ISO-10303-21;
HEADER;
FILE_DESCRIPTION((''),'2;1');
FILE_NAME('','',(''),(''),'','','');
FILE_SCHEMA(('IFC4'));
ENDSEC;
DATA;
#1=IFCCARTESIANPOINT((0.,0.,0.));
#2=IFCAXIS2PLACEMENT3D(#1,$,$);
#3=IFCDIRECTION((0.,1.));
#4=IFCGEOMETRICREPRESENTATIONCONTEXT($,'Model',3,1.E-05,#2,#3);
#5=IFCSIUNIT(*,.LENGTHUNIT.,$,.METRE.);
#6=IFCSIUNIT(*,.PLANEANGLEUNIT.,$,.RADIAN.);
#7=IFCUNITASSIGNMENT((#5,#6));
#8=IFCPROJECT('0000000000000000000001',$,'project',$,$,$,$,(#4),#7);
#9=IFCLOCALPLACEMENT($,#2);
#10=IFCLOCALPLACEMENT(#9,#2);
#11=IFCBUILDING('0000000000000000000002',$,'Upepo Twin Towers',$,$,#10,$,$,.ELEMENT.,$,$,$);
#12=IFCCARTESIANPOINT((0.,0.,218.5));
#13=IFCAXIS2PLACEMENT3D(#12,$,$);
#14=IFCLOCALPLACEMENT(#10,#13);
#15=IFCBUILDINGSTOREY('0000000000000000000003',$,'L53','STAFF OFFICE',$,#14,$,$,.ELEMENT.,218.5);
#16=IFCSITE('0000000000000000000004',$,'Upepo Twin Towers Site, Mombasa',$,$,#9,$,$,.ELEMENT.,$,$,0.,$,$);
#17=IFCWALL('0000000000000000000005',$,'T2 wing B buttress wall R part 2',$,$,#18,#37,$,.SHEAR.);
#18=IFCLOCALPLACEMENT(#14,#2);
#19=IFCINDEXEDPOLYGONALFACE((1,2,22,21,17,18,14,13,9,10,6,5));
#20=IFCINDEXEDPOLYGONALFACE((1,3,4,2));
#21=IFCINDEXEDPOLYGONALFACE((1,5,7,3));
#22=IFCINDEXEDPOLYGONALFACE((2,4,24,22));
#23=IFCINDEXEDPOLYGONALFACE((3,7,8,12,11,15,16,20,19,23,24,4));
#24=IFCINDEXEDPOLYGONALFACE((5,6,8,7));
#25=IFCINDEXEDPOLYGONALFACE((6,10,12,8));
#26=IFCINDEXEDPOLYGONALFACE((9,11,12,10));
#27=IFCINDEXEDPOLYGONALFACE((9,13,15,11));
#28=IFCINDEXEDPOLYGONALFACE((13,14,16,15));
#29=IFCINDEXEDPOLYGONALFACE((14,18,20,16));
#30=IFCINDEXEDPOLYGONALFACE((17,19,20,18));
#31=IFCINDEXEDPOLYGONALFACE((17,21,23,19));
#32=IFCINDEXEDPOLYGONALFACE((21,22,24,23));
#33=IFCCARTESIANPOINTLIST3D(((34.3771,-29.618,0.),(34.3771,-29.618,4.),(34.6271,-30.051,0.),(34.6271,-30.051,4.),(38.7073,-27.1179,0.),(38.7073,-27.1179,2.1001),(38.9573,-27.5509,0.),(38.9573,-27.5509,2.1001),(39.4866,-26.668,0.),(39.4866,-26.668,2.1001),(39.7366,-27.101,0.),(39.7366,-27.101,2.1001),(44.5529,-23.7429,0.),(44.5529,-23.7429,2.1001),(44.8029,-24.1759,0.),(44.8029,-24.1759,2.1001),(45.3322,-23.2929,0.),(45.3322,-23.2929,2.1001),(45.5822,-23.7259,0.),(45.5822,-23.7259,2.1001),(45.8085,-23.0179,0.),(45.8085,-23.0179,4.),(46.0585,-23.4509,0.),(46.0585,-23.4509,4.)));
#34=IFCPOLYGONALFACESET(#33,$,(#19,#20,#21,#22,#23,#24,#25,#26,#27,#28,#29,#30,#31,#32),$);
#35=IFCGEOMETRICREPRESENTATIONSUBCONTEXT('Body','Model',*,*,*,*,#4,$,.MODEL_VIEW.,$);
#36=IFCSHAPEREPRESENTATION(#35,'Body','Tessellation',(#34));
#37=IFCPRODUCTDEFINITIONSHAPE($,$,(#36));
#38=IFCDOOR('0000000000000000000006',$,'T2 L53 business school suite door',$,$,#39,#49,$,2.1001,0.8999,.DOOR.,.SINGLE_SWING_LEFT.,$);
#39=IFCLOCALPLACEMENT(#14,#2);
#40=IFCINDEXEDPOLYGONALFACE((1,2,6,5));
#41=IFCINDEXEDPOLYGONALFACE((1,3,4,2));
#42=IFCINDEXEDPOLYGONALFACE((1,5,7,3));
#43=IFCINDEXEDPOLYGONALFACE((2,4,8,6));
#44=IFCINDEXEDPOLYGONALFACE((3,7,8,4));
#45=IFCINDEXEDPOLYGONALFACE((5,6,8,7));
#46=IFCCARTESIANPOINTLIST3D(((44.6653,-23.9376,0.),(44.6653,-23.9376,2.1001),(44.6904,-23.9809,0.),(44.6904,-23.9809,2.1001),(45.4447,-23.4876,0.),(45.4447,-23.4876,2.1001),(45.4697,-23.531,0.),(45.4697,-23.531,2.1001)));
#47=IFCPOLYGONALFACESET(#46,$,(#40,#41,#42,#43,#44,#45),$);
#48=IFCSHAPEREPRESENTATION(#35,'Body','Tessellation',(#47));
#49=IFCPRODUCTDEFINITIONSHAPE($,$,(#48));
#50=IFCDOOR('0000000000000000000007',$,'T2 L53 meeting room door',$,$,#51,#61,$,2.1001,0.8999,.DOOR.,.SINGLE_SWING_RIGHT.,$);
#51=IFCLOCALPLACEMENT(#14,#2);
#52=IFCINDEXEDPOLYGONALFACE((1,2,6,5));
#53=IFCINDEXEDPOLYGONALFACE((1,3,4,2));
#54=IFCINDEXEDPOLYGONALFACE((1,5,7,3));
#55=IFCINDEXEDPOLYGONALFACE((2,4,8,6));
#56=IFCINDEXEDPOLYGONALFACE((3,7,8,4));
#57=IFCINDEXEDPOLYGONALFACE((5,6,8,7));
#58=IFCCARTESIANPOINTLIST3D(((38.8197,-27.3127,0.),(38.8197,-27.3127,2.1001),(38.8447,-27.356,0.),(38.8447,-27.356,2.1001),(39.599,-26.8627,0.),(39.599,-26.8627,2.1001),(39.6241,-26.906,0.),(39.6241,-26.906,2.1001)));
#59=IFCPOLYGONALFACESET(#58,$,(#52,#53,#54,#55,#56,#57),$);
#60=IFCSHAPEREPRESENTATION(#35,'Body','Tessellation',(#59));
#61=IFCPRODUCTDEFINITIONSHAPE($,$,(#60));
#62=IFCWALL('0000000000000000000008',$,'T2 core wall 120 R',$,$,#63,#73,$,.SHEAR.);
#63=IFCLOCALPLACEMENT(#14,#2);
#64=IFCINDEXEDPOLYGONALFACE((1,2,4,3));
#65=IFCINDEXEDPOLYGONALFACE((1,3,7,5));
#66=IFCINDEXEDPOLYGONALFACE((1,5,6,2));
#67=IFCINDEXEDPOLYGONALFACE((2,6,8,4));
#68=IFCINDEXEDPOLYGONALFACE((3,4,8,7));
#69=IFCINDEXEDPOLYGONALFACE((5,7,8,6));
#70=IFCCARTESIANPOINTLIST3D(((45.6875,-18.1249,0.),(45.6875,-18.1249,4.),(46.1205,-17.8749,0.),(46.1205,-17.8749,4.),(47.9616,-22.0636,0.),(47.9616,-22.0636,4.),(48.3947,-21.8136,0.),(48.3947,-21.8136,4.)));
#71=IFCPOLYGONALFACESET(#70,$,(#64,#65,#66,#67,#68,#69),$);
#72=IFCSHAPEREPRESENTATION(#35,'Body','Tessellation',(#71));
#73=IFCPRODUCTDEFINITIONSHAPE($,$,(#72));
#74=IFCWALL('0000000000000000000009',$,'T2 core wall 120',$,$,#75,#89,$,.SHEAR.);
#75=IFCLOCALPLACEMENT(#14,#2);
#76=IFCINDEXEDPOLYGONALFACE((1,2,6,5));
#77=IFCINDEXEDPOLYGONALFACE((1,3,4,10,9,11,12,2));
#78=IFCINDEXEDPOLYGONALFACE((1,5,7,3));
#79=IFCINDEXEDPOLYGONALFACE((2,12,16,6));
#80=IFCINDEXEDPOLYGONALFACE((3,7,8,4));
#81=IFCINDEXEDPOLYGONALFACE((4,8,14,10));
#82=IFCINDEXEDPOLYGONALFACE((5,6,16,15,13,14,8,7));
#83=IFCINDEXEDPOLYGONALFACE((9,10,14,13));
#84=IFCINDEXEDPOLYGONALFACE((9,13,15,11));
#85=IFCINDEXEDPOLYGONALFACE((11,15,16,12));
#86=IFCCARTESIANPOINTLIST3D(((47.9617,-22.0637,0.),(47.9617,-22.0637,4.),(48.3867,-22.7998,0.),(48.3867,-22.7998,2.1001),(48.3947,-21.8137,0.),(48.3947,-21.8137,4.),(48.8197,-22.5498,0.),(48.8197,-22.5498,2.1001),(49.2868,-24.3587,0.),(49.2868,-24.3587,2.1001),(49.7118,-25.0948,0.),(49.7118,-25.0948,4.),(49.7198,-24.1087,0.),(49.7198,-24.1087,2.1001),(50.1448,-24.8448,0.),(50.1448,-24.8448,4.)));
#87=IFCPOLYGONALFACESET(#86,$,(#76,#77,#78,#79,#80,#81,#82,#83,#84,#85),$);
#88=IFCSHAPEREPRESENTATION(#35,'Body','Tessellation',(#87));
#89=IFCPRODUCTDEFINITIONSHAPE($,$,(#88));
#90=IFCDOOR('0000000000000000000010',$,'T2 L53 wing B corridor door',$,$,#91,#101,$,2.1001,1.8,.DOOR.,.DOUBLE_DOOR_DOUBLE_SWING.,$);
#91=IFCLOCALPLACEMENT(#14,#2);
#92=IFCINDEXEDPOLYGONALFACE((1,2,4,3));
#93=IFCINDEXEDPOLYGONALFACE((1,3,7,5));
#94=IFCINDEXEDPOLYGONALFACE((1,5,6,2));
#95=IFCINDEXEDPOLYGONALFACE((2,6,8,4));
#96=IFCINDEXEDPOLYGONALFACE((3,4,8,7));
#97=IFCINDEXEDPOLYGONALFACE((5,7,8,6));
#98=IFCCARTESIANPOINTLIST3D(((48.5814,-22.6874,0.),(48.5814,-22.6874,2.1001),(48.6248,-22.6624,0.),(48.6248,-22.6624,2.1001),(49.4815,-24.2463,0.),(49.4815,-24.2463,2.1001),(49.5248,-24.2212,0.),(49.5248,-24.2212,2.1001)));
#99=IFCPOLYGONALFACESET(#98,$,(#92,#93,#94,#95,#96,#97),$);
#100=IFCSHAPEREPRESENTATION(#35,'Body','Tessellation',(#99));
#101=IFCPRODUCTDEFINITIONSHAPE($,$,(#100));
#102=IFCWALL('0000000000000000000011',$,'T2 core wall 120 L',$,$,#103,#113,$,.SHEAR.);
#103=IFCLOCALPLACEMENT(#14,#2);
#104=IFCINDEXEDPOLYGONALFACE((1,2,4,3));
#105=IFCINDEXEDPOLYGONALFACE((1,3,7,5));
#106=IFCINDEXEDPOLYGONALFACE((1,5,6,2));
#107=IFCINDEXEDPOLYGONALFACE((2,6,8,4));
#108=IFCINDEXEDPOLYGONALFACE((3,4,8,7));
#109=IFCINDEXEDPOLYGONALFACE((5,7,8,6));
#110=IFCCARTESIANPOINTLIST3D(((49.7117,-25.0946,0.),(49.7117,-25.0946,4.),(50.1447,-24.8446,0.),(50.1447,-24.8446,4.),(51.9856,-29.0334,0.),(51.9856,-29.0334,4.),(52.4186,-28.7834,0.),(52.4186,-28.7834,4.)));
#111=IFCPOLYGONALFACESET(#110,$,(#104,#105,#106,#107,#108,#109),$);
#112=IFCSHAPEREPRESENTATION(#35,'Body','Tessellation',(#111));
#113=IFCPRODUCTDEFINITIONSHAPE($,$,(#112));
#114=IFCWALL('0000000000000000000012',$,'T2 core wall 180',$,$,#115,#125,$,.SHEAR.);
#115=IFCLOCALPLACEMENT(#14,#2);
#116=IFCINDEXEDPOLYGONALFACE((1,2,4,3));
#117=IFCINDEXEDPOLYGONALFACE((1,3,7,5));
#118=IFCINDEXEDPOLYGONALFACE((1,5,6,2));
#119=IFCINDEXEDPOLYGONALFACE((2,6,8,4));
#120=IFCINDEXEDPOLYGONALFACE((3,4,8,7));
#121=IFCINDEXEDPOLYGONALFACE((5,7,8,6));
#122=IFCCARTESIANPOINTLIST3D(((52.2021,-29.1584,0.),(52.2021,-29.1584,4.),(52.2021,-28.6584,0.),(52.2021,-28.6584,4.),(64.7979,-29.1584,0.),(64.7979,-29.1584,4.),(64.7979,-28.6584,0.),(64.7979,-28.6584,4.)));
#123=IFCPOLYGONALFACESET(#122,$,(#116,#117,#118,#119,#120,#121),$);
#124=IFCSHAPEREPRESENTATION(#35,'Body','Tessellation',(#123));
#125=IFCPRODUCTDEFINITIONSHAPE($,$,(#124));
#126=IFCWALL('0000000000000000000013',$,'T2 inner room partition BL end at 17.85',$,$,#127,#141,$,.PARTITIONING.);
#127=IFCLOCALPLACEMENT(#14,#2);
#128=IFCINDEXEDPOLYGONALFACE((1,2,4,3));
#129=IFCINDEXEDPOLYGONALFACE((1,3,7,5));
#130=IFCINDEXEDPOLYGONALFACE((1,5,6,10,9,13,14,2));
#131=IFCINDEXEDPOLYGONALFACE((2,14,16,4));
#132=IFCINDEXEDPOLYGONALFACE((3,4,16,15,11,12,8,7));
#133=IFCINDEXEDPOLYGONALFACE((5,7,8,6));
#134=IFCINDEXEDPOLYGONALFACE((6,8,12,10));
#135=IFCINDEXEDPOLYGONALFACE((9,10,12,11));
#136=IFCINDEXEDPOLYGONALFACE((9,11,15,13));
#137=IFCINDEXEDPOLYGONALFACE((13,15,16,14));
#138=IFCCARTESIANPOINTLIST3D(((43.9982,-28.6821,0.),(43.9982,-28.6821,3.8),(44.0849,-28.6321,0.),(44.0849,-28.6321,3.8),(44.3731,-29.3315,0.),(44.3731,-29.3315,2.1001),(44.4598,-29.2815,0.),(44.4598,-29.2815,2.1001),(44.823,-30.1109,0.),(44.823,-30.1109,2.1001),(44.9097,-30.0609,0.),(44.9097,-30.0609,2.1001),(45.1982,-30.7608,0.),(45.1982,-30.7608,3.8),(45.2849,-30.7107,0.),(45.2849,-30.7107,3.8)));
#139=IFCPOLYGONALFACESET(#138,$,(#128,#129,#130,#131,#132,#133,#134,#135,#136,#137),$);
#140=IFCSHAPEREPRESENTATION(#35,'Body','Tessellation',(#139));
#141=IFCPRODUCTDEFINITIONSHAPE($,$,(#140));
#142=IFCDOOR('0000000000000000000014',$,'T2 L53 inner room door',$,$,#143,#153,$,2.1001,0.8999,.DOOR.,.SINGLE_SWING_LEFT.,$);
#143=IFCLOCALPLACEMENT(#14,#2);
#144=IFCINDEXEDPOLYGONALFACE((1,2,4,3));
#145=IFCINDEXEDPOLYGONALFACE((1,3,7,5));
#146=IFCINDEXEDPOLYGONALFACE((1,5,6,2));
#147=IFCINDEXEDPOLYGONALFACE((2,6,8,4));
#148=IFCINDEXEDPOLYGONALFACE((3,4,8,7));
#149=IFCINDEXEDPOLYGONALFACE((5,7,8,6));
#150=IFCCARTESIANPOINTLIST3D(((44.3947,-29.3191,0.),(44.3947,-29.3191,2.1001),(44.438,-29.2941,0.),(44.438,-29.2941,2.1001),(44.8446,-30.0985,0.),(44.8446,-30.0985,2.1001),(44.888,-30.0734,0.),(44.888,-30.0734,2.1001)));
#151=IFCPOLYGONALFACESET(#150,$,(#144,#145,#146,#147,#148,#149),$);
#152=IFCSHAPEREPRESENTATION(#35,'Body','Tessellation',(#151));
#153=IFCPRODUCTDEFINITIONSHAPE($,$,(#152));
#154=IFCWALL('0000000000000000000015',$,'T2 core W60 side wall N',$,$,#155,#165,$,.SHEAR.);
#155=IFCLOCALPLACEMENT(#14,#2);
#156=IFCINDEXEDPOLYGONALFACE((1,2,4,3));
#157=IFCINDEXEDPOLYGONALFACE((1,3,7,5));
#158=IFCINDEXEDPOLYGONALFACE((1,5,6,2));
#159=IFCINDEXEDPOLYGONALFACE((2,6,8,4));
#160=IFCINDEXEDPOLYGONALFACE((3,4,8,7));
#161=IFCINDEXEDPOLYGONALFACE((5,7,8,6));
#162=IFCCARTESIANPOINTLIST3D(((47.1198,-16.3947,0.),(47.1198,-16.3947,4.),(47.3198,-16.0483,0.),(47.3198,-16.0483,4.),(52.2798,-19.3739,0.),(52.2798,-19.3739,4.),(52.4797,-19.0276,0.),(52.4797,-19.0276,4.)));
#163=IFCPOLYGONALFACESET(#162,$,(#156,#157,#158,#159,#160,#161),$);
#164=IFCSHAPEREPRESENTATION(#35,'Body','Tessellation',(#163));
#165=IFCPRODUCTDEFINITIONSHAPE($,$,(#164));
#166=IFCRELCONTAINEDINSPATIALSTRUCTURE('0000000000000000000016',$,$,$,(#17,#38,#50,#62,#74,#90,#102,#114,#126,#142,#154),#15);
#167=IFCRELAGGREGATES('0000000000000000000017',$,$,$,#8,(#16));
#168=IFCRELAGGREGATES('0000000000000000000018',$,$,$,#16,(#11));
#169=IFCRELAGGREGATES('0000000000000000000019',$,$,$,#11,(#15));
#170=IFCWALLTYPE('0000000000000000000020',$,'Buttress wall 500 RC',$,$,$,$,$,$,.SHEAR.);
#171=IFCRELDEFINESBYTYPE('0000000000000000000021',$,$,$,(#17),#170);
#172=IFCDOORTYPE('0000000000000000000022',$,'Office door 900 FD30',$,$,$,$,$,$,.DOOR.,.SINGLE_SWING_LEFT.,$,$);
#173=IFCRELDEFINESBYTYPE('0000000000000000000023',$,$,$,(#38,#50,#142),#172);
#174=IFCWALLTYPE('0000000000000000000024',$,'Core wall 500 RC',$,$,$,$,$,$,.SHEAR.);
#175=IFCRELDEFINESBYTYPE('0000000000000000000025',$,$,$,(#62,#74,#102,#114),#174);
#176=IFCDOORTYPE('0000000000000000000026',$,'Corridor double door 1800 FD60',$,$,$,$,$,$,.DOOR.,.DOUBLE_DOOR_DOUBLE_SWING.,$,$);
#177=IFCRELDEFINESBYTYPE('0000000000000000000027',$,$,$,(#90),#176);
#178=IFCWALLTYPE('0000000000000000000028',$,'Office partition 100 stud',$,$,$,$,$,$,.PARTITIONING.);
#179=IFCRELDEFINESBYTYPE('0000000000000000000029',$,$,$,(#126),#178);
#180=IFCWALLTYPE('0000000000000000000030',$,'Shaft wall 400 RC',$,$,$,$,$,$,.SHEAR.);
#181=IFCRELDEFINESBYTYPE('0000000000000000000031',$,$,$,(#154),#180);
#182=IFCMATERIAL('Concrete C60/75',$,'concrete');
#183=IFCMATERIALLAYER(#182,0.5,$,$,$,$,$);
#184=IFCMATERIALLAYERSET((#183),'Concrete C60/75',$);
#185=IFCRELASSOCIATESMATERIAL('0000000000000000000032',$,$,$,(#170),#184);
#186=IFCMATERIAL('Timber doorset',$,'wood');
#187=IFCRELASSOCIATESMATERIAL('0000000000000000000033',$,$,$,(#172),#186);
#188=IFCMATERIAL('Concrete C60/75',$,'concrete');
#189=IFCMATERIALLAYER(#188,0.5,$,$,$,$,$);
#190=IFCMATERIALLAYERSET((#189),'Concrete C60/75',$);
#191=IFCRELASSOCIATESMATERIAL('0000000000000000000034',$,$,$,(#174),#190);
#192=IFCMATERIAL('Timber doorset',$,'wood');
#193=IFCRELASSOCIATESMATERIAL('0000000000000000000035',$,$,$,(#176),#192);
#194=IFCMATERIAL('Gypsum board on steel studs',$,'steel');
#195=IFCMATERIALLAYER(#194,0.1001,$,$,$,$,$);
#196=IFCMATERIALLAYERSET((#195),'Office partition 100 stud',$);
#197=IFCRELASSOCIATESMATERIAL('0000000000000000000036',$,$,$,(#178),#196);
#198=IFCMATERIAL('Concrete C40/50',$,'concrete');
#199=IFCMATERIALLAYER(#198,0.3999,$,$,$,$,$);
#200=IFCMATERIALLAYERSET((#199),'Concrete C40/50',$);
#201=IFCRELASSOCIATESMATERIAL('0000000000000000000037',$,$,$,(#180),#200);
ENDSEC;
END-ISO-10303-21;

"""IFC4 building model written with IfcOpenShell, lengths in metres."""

from ifc_helpers import new_model, si_unit, direction, frame, frame_2d, origin, place, context, subcontext, project, spatial, rectangle, extrude, material, layer, layer_set, type_object, element, fill, save


model = new_model("IFC4")

# Units and contexts
model_context = context("Model", 3, precision=1e-05, world=origin(), true_north=direction((0.0, 1.0)))
body_context = subcontext(model_context, "Body", "Model", "MODEL_VIEW")
ifc_project = project(units=[si_unit("LENGTHUNIT", "METRE"), si_unit("PLANEANGLEUNIT", "RADIAN")], contexts=[model_context])

# Site, building, storey
site_placement = place(None, origin())
site = spatial("IfcSite", under=ifc_project, at=site_placement, Name="Upepo Twin Towers Site, Mombasa", CompositionType="ELEMENT", RefElevation=0.0)
building_placement = place(site_placement, origin())
building = spatial("IfcBuilding", under=site, at=building_placement, Name="Upepo Twin Towers", CompositionType="ELEMENT")
storey_placement = place(building_placement, frame((0.0, 0.0, 218.5)))
storey = spatial("IfcBuildingStorey", under=building, at=storey_placement, Name="L53", Description="STAFF OFFICE", CompositionType="ELEMENT", Elevation=218.5)

# Wall, openings, doors
ifc_material_1 = material(Name="Concrete C60/75", Category="concrete")
ifc_layer_1 = layer(ifc_material_1, 0.5)
ifc_layer_set_1 = layer_set([ifc_layer_1], Name="Concrete C60/75")
wall_type_1 = type_object("IfcWallType", Name="Buttress wall 500 RC", PredefinedType="SHEAR", material=ifc_layer_set_1)
ifc_material_2 = material(Name="Timber doorset", Category="wood")
door_type_1 = type_object("IfcDoorType", Name="Office door 900 FD30", OperationType="SINGLE_SWING_LEFT", PredefinedType="DOOR", material=ifc_material_2)
wall_1_placement = place(storey_placement, frame((45.9336, -23.2344, 0.0), z_axis=(0.0, 0.0, 1.0), x_axis=(-0.86602, -0.50001, 0.0)))
wall_1 = element("IfcWall", 1, at=wall_1_placement, inside=storey, type_object=wall_type_1, Name="T2 wing B buttress wall R part 2", PredefinedType="SHEAR", context=body_context, shape_type="SweptSolid", body=[
    extrude(rectangle(XDim=13.2, YDim=0.5, at=frame_2d((6.6001, 0.0))), origin(), (0.0, 0.0, 1.0), 4.0),
])
opening_1_placement = place(wall_1_placement, frame((0.55, 0.0, 0.0)))
opening_1 = element("IfcOpeningElement", 2, at=opening_1_placement, cuts=wall_1, PredefinedType="OPENING", context=body_context, shape_type="SweptSolid", body=[
    extrude(rectangle(XDim=0.8999, YDim=2.1001, at=frame_2d((0.45, 1.05))), frame((0.0, 0.26, 0.0), z_axis=(0.0, -1.0, 0.0), x_axis=(1.0, 0.0, 0.0)), (0.0, 0.0, 1.0), 0.52),
])
opening_2_placement = place(wall_1_placement, frame((7.3, 0.0, 0.0)))
opening_2 = element("IfcOpeningElement", 3, at=opening_2_placement, cuts=wall_1, PredefinedType="OPENING", context=body_context, shape_type="SweptSolid", body=[
    extrude(rectangle(XDim=0.8999, YDim=2.1001, at=frame_2d((0.45, 1.05))), frame((0.0, 0.26, 0.0), z_axis=(0.0, -1.0, 0.0), x_axis=(1.0, 0.0, 0.0)), (0.0, 0.0, 1.0), 0.52),
])
door_1_placement = place(opening_1_placement, origin())
door_1 = element("IfcDoor", 4, at=door_1_placement, inside=storey, type_object=door_type_1, Name="T2 L53 business school suite door", OperationType="SINGLE_SWING_LEFT", OverallHeight=2.1001, OverallWidth=0.8999, PredefinedType="DOOR", context=body_context, shape_type="SweptSolid", body=[
    extrude(rectangle(XDim=0.8999, YDim=2.1001, at=frame_2d((0.45, 1.05))), frame((0.0, 0.0249, 0.0), z_axis=(0.0, -1.0, 0.0), x_axis=(1.0, 0.0, 0.0)), (0.0, 0.0, 1.0), 0.05),
])
fill(opening_1, door_1)
door_2_placement = place(opening_2_placement, origin())
door_2 = element("IfcDoor", 5, at=door_2_placement, inside=storey, type_object=door_type_1, Name="T2 L53 meeting room door", OperationType="SINGLE_SWING_RIGHT", OverallHeight=2.1001, OverallWidth=0.8999, PredefinedType="DOOR", context=body_context, shape_type="SweptSolid", body=[
    extrude(rectangle(XDim=0.8999, YDim=2.1001, at=frame_2d((0.45, 1.05))), frame((0.0, 0.0249, 0.0), z_axis=(0.0, -1.0, 0.0), x_axis=(1.0, 0.0, 0.0)), (0.0, 0.0, 1.0), 0.05),
])
fill(opening_2, door_2)

# Wall
ifc_material_3 = material(Name="Concrete C60/75", Category="concrete")
ifc_layer_2 = layer(ifc_material_3, 0.5)
ifc_layer_set_2 = layer_set([ifc_layer_2], Name="Concrete C60/75")
wall_type_2 = type_object("IfcWallType", Name="Core wall 500 RC", PredefinedType="SHEAR", material=ifc_layer_set_2)
wall_2_placement = place(storey_placement, frame((45.9041, -18.0, 0.0), z_axis=(0.0, 0.0, 1.0), x_axis=(0.500024, -0.866011, 0.0)))
element("IfcWall", 6, at=wall_2_placement, inside=storey, type_object=wall_type_2, Name="T2 core wall 120 R", PredefinedType="SHEAR", context=body_context, shape_type="SweptSolid", body=[
    extrude(rectangle(XDim=4.5481, YDim=0.5, at=frame_2d((2.2739, 0.0))), origin(), (0.0, 0.0, 1.0), 4.0),
])

# Wall, opening, door
wall_3_placement = place(storey_placement, frame((48.1782, -21.9387, 0.0), z_axis=(0.0, 0.0, 1.0), x_axis=(0.50001, -0.866019, 0.0)))
wall_3 = element("IfcWall", 7, at=wall_3_placement, inside=storey, type_object=wall_type_2, Name="T2 core wall 120", PredefinedType="SHEAR", context=body_context, shape_type="SweptSolid", body=[
    extrude(rectangle(XDim=3.5, YDim=0.5, at=frame_2d((1.75, 0.0))), origin(), (0.0, 0.0, 1.0), 4.0),
])
opening_3_placement = place(wall_3_placement, frame((0.8501, 0.0, 0.0)))
opening_3 = element("IfcOpeningElement", 8, at=opening_3_placement, cuts=wall_3, PredefinedType="OPENING", context=body_context, shape_type="SweptSolid", body=[
    extrude(rectangle(XDim=1.8, YDim=2.1001, at=frame_2d((0.8999, 1.05))), frame((0.0, 0.26, 0.0), z_axis=(0.0, -1.0, 0.0), x_axis=(1.0, 0.0, 0.0)), (0.0, 0.0, 1.0), 0.52),
])
ifc_material_4 = material(Name="Timber doorset", Category="wood")
door_type_2 = type_object("IfcDoorType", Name="Corridor double door 1800 FD60", OperationType="DOUBLE_DOOR_DOUBLE_SWING", PredefinedType="DOOR", material=ifc_material_4)
door_3_placement = place(opening_3_placement, origin())
door_3 = element("IfcDoor", 9, at=door_3_placement, inside=storey, type_object=door_type_2, Name="T2 L53 wing B corridor door", OperationType="DOUBLE_DOOR_DOUBLE_SWING", OverallHeight=2.1001, OverallWidth=1.8, PredefinedType="DOOR", context=body_context, shape_type="SweptSolid", body=[
    extrude(rectangle(XDim=1.8, YDim=2.1001, at=frame_2d((0.8999, 1.05))), frame((0.0, 0.0249, 0.0), z_axis=(0.0, -1.0, 0.0), x_axis=(1.0, 0.0, 0.0)), (0.0, 0.0, 1.0), 0.05),
])
fill(opening_3, door_3)

# Walls
wall_4_placement = place(storey_placement, frame((49.9282, -24.9697, 0.0), z_axis=(0.0, 0.0, 1.0), x_axis=(0.499984, -0.866035, 0.0)))
element("IfcWall", 10, at=wall_4_placement, inside=storey, type_object=wall_type_2, Name="T2 core wall 120 L", PredefinedType="SHEAR", context=body_context, shape_type="SweptSolid", body=[
    extrude(rectangle(XDim=4.5481, YDim=0.5, at=frame_2d((2.2739, 0.0))), origin(), (0.0, 0.0, 1.0), 4.0),
])
wall_5_placement = place(storey_placement, frame((52.2021, -28.9084, 0.0), z_axis=(0.0, 0.0, 1.0), x_axis=(1.0, 0.0, 0.0)))
element("IfcWall", 11, at=wall_5_placement, inside=storey, type_object=wall_type_2, Name="T2 core wall 180", PredefinedType="SHEAR", context=body_context, shape_type="SweptSolid", body=[
    extrude(rectangle(XDim=12.5957, YDim=0.5, at=frame_2d((6.2979, 0.0))), origin(), (0.0, 0.0, 1.0), 4.0),
])

# Wall, opening, door
ifc_material_5 = material(Name="Gypsum board on steel studs", Category="steel")
ifc_layer_3 = layer(ifc_material_5, 0.1001)
ifc_layer_set_3 = layer_set([ifc_layer_3], Name="Office partition 100 stud")
wall_type_3 = type_object("IfcWallType", Name="Office partition 100 stud", PredefinedType="PARTITIONING", material=ifc_layer_set_3)
wall_6_placement = place(storey_placement, frame((44.0415, -28.657, 0.0), z_axis=(0.0, 0.0, 1.0), x_axis=(0.499957, -0.86605, 0.0)))
wall_6 = element("IfcWall", 12, at=wall_6_placement, inside=storey, type_object=wall_type_3, Name="T2 inner room partition BL end at 17.85", PredefinedType="PARTITIONING", context=body_context, shape_type="SweptSolid", body=[
    extrude(rectangle(XDim=2.4001, YDim=0.1001, at=frame_2d((1.2002, 0.0))), origin(), (0.0, 0.0, 1.0), 3.8),
])
opening_4_placement = place(wall_6_placement, frame((0.75, 0.0, 0.0)))
opening_4 = element("IfcOpeningElement", 13, at=opening_4_placement, cuts=wall_6, PredefinedType="OPENING", context=body_context, shape_type="SweptSolid", body=[
    extrude(rectangle(XDim=0.8999, YDim=2.1001, at=frame_2d((0.45, 1.05))), frame((0.0, 0.0601, 0.0), z_axis=(0.0, -1.0, 0.0), x_axis=(1.0, 0.0, 0.0)), (0.0, 0.0, 1.0), 0.1201),
])
door_4_placement = place(opening_4_placement, origin())
door_4 = element("IfcDoor", 14, at=door_4_placement, inside=storey, type_object=door_type_1, Name="T2 L53 inner room door", OperationType="SINGLE_SWING_LEFT", OverallHeight=2.1001, OverallWidth=0.8999, PredefinedType="DOOR", context=body_context, shape_type="SweptSolid", body=[
    extrude(rectangle(XDim=0.8999, YDim=2.1001, at=frame_2d((0.45, 1.05))), frame((0.0, 0.0249, 0.0), z_axis=(0.0, -1.0, 0.0), x_axis=(1.0, 0.0, 0.0)), (0.0, 0.0, 1.0), 0.05),
])
fill(opening_4, door_4)

# Wall
ifc_material_6 = material(Name="Concrete C40/50", Category="concrete")
ifc_layer_4 = layer(ifc_material_6, 0.3999)
ifc_layer_set_4 = layer_set([ifc_layer_4], Name="Concrete C40/50")
wall_type_4 = type_object("IfcWallType", Name="Shaft wall 400 RC", PredefinedType="SHEAR", material=ifc_layer_set_4)
wall_7_placement = place(storey_placement, frame((52.3796, -19.2007, 0.0), z_axis=(0.0, 0.0, 1.0), x_axis=(-0.866013, 0.500022, 0.0)))
element("IfcWall", 15, at=wall_7_placement, inside=storey, type_object=wall_type_4, Name="T2 core W60 side wall N", PredefinedType="SHEAR", context=body_context, shape_type="SweptSolid", body=[
    extrude(rectangle(XDim=5.9583, YDim=0.3999, at=frame_2d((2.979, 0.0))), origin(), (0.0, 0.0, 1.0), 4.0),
])

save(model, "model.ifc")
